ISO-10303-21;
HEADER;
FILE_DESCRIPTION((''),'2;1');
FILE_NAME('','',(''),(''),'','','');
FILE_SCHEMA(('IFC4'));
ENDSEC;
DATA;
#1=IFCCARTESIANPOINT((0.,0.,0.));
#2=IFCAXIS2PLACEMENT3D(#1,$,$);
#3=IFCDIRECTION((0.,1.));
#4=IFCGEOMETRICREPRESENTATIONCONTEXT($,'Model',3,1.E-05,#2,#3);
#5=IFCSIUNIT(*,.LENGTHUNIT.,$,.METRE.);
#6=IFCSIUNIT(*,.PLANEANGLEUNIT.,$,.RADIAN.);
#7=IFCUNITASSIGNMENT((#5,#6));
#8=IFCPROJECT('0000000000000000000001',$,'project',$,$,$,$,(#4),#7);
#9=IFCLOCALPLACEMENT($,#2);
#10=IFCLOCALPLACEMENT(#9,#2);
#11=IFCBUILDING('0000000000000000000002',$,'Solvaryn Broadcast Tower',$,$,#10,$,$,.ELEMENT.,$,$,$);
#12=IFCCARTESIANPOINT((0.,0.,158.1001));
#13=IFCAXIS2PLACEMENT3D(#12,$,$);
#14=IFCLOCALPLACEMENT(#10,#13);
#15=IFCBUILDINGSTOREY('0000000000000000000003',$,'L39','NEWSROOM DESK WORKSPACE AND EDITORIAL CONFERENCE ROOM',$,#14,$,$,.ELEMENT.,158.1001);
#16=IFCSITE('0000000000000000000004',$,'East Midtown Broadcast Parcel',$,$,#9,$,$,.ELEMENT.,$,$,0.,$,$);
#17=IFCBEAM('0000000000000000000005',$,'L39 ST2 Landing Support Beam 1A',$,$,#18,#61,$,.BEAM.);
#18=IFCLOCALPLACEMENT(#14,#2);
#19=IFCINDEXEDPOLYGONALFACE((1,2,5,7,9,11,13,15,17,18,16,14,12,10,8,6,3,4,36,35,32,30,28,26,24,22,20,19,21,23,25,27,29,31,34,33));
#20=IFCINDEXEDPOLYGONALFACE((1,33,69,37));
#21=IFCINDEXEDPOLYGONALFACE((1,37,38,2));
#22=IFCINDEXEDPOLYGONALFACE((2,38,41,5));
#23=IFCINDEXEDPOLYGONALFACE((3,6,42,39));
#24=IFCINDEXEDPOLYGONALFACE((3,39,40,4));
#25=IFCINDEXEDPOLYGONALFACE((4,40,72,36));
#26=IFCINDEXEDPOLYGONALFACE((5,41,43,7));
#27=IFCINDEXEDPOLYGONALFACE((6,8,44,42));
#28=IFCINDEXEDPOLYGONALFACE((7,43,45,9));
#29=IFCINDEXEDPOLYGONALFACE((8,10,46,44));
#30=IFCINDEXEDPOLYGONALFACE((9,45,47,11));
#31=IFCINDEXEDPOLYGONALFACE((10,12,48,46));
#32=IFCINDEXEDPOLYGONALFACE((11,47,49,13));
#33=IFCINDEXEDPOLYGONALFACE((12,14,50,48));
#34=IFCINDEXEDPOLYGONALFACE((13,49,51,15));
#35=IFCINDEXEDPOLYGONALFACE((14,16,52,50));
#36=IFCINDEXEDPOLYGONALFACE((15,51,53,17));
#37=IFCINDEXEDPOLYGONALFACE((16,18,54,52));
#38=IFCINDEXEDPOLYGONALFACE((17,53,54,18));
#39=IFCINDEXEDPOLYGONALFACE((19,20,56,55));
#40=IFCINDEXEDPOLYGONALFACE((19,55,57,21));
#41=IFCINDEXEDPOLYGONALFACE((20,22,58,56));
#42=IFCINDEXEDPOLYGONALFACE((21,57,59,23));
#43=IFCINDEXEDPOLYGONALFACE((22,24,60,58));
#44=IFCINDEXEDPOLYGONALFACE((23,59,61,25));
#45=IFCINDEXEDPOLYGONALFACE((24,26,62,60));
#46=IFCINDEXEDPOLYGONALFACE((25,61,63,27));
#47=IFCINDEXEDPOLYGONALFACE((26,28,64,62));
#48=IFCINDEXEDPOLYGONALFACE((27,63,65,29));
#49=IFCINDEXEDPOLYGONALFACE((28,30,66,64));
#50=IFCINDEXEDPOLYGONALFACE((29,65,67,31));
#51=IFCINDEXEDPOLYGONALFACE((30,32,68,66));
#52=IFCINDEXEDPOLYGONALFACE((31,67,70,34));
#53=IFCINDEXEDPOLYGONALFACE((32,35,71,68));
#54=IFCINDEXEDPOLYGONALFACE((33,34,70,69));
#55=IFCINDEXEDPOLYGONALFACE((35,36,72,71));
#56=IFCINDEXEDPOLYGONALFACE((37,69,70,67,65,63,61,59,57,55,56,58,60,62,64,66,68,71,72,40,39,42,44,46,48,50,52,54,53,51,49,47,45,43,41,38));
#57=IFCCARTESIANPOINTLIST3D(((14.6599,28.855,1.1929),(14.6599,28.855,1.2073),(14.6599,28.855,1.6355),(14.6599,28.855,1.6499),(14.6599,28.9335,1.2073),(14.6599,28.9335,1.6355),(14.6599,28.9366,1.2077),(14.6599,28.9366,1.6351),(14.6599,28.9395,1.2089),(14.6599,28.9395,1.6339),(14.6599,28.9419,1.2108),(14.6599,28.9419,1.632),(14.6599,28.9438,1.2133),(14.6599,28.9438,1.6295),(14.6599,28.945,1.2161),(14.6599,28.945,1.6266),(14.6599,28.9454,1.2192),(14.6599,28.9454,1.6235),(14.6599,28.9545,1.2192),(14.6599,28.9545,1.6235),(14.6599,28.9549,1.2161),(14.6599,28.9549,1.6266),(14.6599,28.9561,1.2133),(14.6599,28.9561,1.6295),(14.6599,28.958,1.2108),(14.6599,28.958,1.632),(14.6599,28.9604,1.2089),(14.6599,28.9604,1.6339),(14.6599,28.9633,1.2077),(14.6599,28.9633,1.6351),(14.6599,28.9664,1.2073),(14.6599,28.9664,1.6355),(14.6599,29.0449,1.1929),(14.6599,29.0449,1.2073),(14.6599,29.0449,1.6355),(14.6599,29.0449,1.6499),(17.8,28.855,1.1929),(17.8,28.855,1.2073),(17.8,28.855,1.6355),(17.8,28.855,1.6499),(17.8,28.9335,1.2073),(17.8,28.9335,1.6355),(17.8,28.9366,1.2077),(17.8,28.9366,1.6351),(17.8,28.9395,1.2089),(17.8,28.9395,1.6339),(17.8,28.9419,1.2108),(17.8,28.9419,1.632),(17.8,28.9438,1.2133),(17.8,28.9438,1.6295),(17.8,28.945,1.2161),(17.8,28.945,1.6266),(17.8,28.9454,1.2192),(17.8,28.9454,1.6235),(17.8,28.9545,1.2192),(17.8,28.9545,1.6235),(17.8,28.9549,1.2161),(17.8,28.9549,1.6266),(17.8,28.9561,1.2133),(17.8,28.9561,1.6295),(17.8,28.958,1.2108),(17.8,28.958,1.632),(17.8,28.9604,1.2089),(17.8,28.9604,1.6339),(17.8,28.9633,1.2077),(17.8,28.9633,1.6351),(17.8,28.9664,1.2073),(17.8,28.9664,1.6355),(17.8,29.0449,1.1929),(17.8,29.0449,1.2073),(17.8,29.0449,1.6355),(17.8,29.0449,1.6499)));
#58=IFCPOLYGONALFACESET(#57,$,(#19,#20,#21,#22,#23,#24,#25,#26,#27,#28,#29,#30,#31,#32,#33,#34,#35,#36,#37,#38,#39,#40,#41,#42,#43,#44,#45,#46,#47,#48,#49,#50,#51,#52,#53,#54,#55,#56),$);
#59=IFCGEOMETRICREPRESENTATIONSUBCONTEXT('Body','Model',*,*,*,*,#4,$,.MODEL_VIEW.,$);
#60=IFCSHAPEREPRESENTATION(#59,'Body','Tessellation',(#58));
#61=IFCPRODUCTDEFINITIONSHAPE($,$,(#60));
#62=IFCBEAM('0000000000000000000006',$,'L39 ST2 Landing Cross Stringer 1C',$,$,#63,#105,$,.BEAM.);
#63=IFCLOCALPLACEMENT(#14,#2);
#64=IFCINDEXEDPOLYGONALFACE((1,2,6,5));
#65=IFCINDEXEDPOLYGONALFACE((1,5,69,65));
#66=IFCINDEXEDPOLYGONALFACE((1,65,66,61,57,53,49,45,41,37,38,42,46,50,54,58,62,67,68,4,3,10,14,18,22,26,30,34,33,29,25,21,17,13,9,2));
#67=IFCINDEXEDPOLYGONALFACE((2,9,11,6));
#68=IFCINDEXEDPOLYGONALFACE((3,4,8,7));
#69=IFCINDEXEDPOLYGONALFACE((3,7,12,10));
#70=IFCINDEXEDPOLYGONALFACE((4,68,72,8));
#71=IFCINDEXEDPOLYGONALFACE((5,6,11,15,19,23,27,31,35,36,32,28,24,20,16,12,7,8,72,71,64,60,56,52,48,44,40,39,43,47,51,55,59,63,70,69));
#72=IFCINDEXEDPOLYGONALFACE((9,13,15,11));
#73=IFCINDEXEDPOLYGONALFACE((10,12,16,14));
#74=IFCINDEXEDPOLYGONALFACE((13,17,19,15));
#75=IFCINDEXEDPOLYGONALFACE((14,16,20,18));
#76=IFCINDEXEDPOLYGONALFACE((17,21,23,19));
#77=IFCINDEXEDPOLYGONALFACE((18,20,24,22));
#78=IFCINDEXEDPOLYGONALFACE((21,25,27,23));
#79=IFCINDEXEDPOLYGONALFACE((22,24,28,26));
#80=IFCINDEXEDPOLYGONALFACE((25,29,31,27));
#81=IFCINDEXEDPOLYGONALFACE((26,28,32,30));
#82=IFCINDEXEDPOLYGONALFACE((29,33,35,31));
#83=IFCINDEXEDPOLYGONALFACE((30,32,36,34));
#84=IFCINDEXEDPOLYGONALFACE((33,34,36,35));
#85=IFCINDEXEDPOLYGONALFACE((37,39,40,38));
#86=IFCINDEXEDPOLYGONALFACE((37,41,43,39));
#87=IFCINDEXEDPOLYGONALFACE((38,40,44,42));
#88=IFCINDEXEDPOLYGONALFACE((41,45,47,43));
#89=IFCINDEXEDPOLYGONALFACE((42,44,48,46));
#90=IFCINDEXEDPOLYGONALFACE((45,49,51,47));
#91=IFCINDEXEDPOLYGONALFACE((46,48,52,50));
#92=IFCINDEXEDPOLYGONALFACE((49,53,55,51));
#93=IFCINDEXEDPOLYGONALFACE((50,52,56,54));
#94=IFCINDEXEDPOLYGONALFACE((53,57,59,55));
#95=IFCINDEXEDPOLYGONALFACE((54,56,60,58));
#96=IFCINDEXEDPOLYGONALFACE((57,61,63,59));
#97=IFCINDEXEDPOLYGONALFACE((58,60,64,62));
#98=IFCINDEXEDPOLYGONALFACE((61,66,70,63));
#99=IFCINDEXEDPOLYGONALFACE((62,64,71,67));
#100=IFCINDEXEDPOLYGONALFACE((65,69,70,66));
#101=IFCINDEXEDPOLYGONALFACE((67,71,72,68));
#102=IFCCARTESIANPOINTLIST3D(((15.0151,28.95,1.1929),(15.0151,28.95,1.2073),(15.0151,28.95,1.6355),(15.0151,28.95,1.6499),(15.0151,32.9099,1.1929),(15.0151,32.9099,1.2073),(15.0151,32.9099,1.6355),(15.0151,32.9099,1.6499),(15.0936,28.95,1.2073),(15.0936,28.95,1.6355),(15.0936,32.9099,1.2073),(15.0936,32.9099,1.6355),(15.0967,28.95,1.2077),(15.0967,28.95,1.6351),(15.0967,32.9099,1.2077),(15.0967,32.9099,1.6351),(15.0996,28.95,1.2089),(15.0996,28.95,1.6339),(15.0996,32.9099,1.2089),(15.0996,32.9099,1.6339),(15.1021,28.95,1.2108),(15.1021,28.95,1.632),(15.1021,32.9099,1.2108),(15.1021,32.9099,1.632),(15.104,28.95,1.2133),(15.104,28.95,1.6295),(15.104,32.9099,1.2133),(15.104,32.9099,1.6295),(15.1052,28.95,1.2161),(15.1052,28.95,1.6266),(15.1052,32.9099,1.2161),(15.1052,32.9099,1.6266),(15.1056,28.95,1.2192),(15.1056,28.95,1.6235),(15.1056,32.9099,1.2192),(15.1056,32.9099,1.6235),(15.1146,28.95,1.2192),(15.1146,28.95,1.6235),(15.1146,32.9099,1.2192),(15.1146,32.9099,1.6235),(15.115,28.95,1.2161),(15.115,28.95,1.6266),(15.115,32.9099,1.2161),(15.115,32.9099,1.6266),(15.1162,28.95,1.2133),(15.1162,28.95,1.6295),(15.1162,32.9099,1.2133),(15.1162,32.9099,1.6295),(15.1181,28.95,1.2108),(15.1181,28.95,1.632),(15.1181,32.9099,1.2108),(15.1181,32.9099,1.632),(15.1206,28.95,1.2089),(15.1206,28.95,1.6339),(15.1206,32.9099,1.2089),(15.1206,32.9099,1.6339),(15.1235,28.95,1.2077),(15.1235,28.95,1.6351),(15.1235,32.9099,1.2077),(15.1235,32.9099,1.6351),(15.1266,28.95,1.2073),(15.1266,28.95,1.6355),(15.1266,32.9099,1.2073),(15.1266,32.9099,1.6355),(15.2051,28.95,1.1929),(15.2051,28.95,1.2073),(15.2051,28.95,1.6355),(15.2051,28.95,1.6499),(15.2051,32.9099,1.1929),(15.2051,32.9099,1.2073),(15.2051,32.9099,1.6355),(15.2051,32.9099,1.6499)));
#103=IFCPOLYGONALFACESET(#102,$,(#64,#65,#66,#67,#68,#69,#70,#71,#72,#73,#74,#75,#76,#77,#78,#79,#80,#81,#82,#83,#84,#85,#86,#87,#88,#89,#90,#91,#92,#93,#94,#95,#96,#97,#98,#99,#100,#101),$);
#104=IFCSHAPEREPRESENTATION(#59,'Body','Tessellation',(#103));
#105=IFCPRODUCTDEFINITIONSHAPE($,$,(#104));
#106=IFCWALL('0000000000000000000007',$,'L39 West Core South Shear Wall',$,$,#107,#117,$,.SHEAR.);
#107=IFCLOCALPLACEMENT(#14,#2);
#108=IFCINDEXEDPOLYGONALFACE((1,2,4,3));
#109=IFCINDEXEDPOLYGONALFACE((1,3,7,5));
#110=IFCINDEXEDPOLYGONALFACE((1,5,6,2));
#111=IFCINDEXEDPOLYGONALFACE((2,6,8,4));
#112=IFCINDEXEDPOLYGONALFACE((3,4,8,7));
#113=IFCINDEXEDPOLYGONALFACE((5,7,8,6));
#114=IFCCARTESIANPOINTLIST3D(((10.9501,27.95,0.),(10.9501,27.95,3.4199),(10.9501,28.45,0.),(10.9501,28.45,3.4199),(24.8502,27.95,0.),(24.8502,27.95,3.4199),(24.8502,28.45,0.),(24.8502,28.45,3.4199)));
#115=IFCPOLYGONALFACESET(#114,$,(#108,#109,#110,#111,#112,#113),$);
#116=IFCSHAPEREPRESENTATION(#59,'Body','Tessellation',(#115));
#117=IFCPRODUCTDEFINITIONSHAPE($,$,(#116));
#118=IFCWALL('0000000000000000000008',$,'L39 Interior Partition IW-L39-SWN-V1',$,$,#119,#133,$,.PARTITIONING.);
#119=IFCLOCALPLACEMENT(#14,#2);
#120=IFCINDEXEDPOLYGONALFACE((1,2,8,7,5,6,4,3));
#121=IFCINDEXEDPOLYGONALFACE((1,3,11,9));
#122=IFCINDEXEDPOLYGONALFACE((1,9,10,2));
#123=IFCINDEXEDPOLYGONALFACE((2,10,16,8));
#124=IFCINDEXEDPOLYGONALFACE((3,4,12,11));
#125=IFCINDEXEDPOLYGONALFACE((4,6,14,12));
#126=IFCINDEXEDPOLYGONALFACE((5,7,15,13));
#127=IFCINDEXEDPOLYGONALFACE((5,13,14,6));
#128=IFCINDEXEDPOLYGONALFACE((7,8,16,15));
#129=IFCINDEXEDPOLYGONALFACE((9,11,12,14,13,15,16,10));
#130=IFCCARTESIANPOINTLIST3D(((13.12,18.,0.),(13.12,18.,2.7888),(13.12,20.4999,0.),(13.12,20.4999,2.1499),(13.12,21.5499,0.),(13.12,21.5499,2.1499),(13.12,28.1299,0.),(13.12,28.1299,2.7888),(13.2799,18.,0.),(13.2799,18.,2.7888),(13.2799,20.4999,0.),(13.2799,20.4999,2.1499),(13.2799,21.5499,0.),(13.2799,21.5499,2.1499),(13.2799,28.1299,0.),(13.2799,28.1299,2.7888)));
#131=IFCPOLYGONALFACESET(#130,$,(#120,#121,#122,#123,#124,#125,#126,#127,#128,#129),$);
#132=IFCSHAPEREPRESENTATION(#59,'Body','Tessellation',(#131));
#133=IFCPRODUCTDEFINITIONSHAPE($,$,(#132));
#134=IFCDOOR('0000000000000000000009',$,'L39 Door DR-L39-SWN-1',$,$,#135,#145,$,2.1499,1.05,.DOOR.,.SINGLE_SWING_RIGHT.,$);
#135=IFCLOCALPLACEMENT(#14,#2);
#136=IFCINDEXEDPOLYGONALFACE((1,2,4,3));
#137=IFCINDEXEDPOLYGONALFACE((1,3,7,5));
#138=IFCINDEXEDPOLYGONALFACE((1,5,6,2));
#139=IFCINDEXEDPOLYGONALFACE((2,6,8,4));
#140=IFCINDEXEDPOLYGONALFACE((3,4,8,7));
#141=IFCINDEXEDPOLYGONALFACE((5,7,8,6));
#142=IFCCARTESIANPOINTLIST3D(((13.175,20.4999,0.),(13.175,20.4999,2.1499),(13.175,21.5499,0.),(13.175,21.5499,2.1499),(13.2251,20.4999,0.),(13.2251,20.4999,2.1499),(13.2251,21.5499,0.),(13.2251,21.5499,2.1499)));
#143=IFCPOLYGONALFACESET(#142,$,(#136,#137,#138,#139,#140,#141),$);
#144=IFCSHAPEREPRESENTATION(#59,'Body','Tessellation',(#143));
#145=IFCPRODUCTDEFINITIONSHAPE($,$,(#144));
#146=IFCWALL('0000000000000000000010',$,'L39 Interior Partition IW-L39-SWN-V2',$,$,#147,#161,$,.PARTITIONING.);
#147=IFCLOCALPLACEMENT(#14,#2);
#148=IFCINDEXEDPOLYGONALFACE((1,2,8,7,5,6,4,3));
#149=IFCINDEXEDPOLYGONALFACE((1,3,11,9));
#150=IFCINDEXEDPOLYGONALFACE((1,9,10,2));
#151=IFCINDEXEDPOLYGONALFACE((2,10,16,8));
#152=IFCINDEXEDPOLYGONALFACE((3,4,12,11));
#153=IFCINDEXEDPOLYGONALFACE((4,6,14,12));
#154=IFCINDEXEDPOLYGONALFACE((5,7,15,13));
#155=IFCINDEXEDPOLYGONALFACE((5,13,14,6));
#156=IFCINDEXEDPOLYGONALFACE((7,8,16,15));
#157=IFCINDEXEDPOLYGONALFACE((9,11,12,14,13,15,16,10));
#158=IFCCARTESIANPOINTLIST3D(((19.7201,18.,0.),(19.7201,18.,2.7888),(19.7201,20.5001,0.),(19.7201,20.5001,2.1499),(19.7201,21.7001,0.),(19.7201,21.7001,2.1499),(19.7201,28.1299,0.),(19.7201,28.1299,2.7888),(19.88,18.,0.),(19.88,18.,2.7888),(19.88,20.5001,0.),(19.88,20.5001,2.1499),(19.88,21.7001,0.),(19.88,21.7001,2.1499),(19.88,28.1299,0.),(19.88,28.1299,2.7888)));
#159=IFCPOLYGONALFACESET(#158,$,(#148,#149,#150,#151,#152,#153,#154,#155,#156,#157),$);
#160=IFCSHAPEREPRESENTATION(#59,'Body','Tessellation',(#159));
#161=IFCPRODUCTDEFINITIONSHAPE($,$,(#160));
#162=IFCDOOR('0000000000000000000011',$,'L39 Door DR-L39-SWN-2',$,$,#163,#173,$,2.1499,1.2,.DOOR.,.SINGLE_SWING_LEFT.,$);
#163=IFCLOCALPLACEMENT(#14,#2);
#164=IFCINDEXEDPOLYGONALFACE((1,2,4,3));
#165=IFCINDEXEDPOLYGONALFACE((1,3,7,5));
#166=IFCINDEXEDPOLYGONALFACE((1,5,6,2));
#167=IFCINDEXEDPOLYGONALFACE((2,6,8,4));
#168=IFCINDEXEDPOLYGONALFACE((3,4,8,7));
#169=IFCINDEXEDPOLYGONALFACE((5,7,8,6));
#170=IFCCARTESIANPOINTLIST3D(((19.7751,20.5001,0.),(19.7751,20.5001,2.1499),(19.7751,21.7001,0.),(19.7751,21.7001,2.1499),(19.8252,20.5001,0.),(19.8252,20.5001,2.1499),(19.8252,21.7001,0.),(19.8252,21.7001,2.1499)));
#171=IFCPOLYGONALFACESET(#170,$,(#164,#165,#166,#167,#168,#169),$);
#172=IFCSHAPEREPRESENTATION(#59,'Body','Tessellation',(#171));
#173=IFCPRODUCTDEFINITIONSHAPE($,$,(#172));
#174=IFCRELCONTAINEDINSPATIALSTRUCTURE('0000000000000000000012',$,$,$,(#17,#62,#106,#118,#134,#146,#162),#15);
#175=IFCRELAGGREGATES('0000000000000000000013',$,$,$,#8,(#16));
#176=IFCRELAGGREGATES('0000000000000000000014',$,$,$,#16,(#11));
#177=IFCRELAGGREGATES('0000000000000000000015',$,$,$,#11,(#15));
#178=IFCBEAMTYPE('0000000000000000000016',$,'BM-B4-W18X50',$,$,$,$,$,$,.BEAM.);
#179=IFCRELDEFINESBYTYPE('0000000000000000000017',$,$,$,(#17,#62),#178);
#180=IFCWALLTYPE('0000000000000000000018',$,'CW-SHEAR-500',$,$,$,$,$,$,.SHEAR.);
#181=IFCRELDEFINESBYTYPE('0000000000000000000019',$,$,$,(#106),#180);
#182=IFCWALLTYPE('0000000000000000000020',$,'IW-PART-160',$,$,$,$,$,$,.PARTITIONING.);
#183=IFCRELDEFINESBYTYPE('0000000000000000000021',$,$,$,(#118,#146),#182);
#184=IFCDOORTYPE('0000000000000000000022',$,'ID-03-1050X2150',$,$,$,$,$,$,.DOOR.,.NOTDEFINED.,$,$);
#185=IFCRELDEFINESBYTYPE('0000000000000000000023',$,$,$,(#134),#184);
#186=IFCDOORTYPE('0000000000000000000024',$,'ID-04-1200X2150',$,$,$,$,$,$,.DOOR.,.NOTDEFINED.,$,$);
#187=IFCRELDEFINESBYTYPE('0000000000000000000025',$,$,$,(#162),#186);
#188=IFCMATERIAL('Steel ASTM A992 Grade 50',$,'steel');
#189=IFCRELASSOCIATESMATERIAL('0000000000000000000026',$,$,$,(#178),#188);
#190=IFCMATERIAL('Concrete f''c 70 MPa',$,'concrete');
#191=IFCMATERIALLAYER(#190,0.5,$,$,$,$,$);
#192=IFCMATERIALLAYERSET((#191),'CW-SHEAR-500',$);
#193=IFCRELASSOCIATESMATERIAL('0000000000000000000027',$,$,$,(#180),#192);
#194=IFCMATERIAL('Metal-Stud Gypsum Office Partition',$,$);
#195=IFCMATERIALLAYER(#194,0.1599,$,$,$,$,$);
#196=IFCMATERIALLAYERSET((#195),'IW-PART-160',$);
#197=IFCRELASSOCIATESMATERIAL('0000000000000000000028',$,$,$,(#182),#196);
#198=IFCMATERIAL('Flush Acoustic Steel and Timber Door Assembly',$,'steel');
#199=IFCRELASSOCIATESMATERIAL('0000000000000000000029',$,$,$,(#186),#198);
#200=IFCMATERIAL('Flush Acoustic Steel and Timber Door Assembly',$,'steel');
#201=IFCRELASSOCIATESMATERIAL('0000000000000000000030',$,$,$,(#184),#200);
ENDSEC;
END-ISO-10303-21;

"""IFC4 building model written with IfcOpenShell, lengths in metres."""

from ifc_helpers import new_model, si_unit, direction, frame, frame_2d, origin, origin_2d, place, context, subcontext, project, spatial, rectangle, i_section, extrude, material, layer, layer_set, material_profile, profile_set, type_object, element, fill, save


model = new_model("IFC4")

# Units and contexts
model_context = context("Model", 3, precision=1e-05, world=origin(), true_north=direction((0.0, 1.0)))
body_context = subcontext(model_context, "Body", "Model", "MODEL_VIEW")
ifc_project = project(units=[si_unit("LENGTHUNIT", "METRE"), si_unit("PLANEANGLEUNIT", "RADIAN")], contexts=[model_context])

# Site, building, storey
site_placement = place(None, origin())
site = spatial("IfcSite", under=ifc_project, at=site_placement, Name="East Midtown Broadcast Parcel", CompositionType="ELEMENT", RefElevation=0.0)
building_placement = place(site_placement, origin())
building = spatial("IfcBuilding", under=site, at=building_placement, Name="Solvaryn Broadcast Tower", CompositionType="ELEMENT")
storey_placement = place(building_placement, frame((0.0, 0.0, 158.1001)))
storey = spatial("IfcBuildingStorey", under=building, at=storey_placement, Name="L39", Description="NEWSROOM DESK WORKSPACE AND EDITORIAL CONFERENCE ROOM", CompositionType="ELEMENT", Elevation=158.1001)

# Beams
ifc_material_1 = material(Name="Steel ASTM A992 Grade 50", Category="steel")
ifc_material_profile_1 = material_profile(ifc_material_1, i_section(OverallWidth=0.1899, OverallDepth=0.457, WebThickness=0.009, FlangeThickness=0.0144, FilletRadius=0.012, at=origin_2d()))
ifc_profile_set_1 = profile_set([ifc_material_profile_1], Name="Steel ASTM A992 Grade 50")
beam_type_1 = type_object("IfcBeamType", Name="BM-B4-W18X50", PredefinedType="BEAM", material=ifc_profile_set_1)
beam_1_placement = place(storey_placement, frame((14.6599, 28.95, 1.4214), z_axis=(1.0, 0.0, 0.0), x_axis=(0.0, 1.0, 0.0)))
element("IfcBeam", 1, at=beam_1_placement, inside=storey, type_object=beam_type_1, Name="L39 ST2 Landing Support Beam 1A", PredefinedType="BEAM", context=body_context, shape_type="SweptSolid", body=[
    extrude(i_section(OverallWidth=0.1899, OverallDepth=0.457, WebThickness=0.009, FlangeThickness=0.0144, FilletRadius=0.012, at=origin_2d()), origin(), (0.0, 0.0, 1.0), 3.1401),
])
beam_2_placement = place(storey_placement, frame((15.1101, 28.95, 1.4214), z_axis=(0.0, 1.0, 0.0), x_axis=(-1.0, 0.0, 0.0)))
element("IfcBeam", 2, at=beam_2_placement, inside=storey, type_object=beam_type_1, Name="L39 ST2 Landing Cross Stringer 1C", PredefinedType="BEAM", context=body_context, shape_type="SweptSolid", body=[
    extrude(i_section(OverallWidth=0.1899, OverallDepth=0.457, WebThickness=0.009, FlangeThickness=0.0144, FilletRadius=0.012, at=origin_2d()), origin(), (0.0, 0.0, 1.0), 3.96),
])

# Wall
ifc_material_2 = material(Name="Concrete f'c 70 MPa", Category="concrete")
ifc_layer_1 = layer(ifc_material_2, 0.5)
ifc_layer_set_1 = layer_set([ifc_layer_1], Name="CW-SHEAR-500")
wall_type_1 = type_object("IfcWallType", Name="CW-SHEAR-500", PredefinedType="SHEAR", material=ifc_layer_set_1)
wall_1_placement = place(storey_placement, frame((10.95, 28.2, 0.0), z_axis=(0.0, 0.0, 1.0), x_axis=(1.0, 0.0, 0.0)))
element("IfcWall", 3, at=wall_1_placement, inside=storey, type_object=wall_type_1, Name="L39 West Core South Shear Wall", PredefinedType="SHEAR", context=body_context, shape_type="SweptSolid", body=[
    extrude(rectangle(XDim=13.9001, YDim=0.5, at=frame_2d((6.9502, 0.0))), origin(), (0.0, 0.0, 1.0), 3.4199),
])

# Walls, openings, doors
ifc_material_3 = material(Name="Metal-Stud Gypsum Office Partition")
ifc_layer_2 = layer(ifc_material_3, 0.1599)
ifc_layer_set_2 = layer_set([ifc_layer_2], Name="IW-PART-160")
wall_type_2 = type_object("IfcWallType", Name="IW-PART-160", PredefinedType="PARTITIONING", material=ifc_layer_set_2)
ifc_material_4 = material(Name="Flush Acoustic Steel and Timber Door Assembly", Category="steel")
door_type_1 = type_object("IfcDoorType", Name="ID-04-1200X2150", OperationType="NOTDEFINED", PredefinedType="DOOR", material=ifc_material_4)
wall_2_placement = place(storey_placement, frame((13.2, 18.0, 0.0), z_axis=(0.0, 0.0, 1.0), x_axis=(0.0, 1.0, 0.0)))
wall_2 = element("IfcWall", 4, at=wall_2_placement, inside=storey, type_object=wall_type_2, Name="L39 Interior Partition IW-L39-SWN-V1", PredefinedType="PARTITIONING", context=body_context, shape_type="SweptSolid", body=[
    extrude(rectangle(XDim=10.1299, YDim=0.1599, at=frame_2d((5.0649, 0.0))), origin(), (0.0, 0.0, 1.0), 2.7888),
])
opening_1_placement = place(wall_2_placement, frame((2.5, 0.0, 0.0)))
opening_1 = element("IfcOpeningElement", 5, at=opening_1_placement, cuts=wall_2, PredefinedType="OPENING", context=body_context, shape_type="SweptSolid", body=[
    extrude(rectangle(XDim=1.05, YDim=2.1499, at=frame_2d((0.5249, 1.075))), frame((0.0, 0.0901, 0.0), z_axis=(0.0, -1.0, 0.0), x_axis=(1.0, 0.0, 0.0)), (0.0, 0.0, 1.0), 0.1799),
])
ifc_material_5 = material(Name="Flush Acoustic Steel and Timber Door Assembly", Category="steel")
door_type_2 = type_object("IfcDoorType", Name="ID-03-1050X2150", OperationType="NOTDEFINED", PredefinedType="DOOR", material=ifc_material_5)
door_1_placement = place(opening_1_placement, origin())
door_1 = element("IfcDoor", 6, at=door_1_placement, inside=storey, type_object=door_type_2, Name="L39 Door DR-L39-SWN-1", OperationType="SINGLE_SWING_RIGHT", OverallHeight=2.1499, OverallWidth=1.05, PredefinedType="DOOR", context=body_context, shape_type="SweptSolid", body=[
    extrude(rectangle(XDim=1.05, YDim=2.1499, at=frame_2d((0.5249, 1.075))), frame((0.0, 0.0249, 0.0), z_axis=(0.0, -1.0, 0.0), x_axis=(1.0, 0.0, 0.0)), (0.0, 0.0, 1.0), 0.05),
])
fill(opening_1, door_1)
wall_3_placement = place(storey_placement, frame((19.8, 18.0, 0.0), z_axis=(0.0, 0.0, 1.0), x_axis=(0.0, 1.0, 0.0)))
wall_3 = element("IfcWall", 7, at=wall_3_placement, inside=storey, type_object=wall_type_2, Name="L39 Interior Partition IW-L39-SWN-V2", PredefinedType="PARTITIONING", context=body_context, shape_type="SweptSolid", body=[
    extrude(rectangle(XDim=10.1299, YDim=0.1599, at=frame_2d((5.0649, 0.0))), origin(), (0.0, 0.0, 1.0), 2.7888),
])
opening_2_placement = place(wall_3_placement, frame((2.5, 0.0, 0.0)))
opening_2 = element("IfcOpeningElement", 8, at=opening_2_placement, cuts=wall_3, PredefinedType="OPENING", context=body_context, shape_type="SweptSolid", body=[
    extrude(rectangle(XDim=1.2, YDim=2.1499, at=frame_2d((0.6001, 1.075))), frame((0.0, 0.0901, 0.0), z_axis=(0.0, -1.0, 0.0), x_axis=(1.0, 0.0, 0.0)), (0.0, 0.0, 1.0), 0.1799),
])
door_2_placement = place(opening_2_placement, origin())
door_2 = element("IfcDoor", 9, at=door_2_placement, inside=storey, type_object=door_type_1, Name="L39 Door DR-L39-SWN-2", OperationType="SINGLE_SWING_LEFT", OverallHeight=2.1499, OverallWidth=1.2, PredefinedType="DOOR", context=body_context, shape_type="SweptSolid", body=[
    extrude(rectangle(XDim=1.2, YDim=2.1499, at=frame_2d((0.6001, 1.075))), frame((0.0, 0.0249, 0.0), z_axis=(0.0, -1.0, 0.0), x_axis=(1.0, 0.0, 0.0)), (0.0, 0.0, 1.0), 0.05),
])
fill(opening_2, door_2)

save(model, "model.ifc")
